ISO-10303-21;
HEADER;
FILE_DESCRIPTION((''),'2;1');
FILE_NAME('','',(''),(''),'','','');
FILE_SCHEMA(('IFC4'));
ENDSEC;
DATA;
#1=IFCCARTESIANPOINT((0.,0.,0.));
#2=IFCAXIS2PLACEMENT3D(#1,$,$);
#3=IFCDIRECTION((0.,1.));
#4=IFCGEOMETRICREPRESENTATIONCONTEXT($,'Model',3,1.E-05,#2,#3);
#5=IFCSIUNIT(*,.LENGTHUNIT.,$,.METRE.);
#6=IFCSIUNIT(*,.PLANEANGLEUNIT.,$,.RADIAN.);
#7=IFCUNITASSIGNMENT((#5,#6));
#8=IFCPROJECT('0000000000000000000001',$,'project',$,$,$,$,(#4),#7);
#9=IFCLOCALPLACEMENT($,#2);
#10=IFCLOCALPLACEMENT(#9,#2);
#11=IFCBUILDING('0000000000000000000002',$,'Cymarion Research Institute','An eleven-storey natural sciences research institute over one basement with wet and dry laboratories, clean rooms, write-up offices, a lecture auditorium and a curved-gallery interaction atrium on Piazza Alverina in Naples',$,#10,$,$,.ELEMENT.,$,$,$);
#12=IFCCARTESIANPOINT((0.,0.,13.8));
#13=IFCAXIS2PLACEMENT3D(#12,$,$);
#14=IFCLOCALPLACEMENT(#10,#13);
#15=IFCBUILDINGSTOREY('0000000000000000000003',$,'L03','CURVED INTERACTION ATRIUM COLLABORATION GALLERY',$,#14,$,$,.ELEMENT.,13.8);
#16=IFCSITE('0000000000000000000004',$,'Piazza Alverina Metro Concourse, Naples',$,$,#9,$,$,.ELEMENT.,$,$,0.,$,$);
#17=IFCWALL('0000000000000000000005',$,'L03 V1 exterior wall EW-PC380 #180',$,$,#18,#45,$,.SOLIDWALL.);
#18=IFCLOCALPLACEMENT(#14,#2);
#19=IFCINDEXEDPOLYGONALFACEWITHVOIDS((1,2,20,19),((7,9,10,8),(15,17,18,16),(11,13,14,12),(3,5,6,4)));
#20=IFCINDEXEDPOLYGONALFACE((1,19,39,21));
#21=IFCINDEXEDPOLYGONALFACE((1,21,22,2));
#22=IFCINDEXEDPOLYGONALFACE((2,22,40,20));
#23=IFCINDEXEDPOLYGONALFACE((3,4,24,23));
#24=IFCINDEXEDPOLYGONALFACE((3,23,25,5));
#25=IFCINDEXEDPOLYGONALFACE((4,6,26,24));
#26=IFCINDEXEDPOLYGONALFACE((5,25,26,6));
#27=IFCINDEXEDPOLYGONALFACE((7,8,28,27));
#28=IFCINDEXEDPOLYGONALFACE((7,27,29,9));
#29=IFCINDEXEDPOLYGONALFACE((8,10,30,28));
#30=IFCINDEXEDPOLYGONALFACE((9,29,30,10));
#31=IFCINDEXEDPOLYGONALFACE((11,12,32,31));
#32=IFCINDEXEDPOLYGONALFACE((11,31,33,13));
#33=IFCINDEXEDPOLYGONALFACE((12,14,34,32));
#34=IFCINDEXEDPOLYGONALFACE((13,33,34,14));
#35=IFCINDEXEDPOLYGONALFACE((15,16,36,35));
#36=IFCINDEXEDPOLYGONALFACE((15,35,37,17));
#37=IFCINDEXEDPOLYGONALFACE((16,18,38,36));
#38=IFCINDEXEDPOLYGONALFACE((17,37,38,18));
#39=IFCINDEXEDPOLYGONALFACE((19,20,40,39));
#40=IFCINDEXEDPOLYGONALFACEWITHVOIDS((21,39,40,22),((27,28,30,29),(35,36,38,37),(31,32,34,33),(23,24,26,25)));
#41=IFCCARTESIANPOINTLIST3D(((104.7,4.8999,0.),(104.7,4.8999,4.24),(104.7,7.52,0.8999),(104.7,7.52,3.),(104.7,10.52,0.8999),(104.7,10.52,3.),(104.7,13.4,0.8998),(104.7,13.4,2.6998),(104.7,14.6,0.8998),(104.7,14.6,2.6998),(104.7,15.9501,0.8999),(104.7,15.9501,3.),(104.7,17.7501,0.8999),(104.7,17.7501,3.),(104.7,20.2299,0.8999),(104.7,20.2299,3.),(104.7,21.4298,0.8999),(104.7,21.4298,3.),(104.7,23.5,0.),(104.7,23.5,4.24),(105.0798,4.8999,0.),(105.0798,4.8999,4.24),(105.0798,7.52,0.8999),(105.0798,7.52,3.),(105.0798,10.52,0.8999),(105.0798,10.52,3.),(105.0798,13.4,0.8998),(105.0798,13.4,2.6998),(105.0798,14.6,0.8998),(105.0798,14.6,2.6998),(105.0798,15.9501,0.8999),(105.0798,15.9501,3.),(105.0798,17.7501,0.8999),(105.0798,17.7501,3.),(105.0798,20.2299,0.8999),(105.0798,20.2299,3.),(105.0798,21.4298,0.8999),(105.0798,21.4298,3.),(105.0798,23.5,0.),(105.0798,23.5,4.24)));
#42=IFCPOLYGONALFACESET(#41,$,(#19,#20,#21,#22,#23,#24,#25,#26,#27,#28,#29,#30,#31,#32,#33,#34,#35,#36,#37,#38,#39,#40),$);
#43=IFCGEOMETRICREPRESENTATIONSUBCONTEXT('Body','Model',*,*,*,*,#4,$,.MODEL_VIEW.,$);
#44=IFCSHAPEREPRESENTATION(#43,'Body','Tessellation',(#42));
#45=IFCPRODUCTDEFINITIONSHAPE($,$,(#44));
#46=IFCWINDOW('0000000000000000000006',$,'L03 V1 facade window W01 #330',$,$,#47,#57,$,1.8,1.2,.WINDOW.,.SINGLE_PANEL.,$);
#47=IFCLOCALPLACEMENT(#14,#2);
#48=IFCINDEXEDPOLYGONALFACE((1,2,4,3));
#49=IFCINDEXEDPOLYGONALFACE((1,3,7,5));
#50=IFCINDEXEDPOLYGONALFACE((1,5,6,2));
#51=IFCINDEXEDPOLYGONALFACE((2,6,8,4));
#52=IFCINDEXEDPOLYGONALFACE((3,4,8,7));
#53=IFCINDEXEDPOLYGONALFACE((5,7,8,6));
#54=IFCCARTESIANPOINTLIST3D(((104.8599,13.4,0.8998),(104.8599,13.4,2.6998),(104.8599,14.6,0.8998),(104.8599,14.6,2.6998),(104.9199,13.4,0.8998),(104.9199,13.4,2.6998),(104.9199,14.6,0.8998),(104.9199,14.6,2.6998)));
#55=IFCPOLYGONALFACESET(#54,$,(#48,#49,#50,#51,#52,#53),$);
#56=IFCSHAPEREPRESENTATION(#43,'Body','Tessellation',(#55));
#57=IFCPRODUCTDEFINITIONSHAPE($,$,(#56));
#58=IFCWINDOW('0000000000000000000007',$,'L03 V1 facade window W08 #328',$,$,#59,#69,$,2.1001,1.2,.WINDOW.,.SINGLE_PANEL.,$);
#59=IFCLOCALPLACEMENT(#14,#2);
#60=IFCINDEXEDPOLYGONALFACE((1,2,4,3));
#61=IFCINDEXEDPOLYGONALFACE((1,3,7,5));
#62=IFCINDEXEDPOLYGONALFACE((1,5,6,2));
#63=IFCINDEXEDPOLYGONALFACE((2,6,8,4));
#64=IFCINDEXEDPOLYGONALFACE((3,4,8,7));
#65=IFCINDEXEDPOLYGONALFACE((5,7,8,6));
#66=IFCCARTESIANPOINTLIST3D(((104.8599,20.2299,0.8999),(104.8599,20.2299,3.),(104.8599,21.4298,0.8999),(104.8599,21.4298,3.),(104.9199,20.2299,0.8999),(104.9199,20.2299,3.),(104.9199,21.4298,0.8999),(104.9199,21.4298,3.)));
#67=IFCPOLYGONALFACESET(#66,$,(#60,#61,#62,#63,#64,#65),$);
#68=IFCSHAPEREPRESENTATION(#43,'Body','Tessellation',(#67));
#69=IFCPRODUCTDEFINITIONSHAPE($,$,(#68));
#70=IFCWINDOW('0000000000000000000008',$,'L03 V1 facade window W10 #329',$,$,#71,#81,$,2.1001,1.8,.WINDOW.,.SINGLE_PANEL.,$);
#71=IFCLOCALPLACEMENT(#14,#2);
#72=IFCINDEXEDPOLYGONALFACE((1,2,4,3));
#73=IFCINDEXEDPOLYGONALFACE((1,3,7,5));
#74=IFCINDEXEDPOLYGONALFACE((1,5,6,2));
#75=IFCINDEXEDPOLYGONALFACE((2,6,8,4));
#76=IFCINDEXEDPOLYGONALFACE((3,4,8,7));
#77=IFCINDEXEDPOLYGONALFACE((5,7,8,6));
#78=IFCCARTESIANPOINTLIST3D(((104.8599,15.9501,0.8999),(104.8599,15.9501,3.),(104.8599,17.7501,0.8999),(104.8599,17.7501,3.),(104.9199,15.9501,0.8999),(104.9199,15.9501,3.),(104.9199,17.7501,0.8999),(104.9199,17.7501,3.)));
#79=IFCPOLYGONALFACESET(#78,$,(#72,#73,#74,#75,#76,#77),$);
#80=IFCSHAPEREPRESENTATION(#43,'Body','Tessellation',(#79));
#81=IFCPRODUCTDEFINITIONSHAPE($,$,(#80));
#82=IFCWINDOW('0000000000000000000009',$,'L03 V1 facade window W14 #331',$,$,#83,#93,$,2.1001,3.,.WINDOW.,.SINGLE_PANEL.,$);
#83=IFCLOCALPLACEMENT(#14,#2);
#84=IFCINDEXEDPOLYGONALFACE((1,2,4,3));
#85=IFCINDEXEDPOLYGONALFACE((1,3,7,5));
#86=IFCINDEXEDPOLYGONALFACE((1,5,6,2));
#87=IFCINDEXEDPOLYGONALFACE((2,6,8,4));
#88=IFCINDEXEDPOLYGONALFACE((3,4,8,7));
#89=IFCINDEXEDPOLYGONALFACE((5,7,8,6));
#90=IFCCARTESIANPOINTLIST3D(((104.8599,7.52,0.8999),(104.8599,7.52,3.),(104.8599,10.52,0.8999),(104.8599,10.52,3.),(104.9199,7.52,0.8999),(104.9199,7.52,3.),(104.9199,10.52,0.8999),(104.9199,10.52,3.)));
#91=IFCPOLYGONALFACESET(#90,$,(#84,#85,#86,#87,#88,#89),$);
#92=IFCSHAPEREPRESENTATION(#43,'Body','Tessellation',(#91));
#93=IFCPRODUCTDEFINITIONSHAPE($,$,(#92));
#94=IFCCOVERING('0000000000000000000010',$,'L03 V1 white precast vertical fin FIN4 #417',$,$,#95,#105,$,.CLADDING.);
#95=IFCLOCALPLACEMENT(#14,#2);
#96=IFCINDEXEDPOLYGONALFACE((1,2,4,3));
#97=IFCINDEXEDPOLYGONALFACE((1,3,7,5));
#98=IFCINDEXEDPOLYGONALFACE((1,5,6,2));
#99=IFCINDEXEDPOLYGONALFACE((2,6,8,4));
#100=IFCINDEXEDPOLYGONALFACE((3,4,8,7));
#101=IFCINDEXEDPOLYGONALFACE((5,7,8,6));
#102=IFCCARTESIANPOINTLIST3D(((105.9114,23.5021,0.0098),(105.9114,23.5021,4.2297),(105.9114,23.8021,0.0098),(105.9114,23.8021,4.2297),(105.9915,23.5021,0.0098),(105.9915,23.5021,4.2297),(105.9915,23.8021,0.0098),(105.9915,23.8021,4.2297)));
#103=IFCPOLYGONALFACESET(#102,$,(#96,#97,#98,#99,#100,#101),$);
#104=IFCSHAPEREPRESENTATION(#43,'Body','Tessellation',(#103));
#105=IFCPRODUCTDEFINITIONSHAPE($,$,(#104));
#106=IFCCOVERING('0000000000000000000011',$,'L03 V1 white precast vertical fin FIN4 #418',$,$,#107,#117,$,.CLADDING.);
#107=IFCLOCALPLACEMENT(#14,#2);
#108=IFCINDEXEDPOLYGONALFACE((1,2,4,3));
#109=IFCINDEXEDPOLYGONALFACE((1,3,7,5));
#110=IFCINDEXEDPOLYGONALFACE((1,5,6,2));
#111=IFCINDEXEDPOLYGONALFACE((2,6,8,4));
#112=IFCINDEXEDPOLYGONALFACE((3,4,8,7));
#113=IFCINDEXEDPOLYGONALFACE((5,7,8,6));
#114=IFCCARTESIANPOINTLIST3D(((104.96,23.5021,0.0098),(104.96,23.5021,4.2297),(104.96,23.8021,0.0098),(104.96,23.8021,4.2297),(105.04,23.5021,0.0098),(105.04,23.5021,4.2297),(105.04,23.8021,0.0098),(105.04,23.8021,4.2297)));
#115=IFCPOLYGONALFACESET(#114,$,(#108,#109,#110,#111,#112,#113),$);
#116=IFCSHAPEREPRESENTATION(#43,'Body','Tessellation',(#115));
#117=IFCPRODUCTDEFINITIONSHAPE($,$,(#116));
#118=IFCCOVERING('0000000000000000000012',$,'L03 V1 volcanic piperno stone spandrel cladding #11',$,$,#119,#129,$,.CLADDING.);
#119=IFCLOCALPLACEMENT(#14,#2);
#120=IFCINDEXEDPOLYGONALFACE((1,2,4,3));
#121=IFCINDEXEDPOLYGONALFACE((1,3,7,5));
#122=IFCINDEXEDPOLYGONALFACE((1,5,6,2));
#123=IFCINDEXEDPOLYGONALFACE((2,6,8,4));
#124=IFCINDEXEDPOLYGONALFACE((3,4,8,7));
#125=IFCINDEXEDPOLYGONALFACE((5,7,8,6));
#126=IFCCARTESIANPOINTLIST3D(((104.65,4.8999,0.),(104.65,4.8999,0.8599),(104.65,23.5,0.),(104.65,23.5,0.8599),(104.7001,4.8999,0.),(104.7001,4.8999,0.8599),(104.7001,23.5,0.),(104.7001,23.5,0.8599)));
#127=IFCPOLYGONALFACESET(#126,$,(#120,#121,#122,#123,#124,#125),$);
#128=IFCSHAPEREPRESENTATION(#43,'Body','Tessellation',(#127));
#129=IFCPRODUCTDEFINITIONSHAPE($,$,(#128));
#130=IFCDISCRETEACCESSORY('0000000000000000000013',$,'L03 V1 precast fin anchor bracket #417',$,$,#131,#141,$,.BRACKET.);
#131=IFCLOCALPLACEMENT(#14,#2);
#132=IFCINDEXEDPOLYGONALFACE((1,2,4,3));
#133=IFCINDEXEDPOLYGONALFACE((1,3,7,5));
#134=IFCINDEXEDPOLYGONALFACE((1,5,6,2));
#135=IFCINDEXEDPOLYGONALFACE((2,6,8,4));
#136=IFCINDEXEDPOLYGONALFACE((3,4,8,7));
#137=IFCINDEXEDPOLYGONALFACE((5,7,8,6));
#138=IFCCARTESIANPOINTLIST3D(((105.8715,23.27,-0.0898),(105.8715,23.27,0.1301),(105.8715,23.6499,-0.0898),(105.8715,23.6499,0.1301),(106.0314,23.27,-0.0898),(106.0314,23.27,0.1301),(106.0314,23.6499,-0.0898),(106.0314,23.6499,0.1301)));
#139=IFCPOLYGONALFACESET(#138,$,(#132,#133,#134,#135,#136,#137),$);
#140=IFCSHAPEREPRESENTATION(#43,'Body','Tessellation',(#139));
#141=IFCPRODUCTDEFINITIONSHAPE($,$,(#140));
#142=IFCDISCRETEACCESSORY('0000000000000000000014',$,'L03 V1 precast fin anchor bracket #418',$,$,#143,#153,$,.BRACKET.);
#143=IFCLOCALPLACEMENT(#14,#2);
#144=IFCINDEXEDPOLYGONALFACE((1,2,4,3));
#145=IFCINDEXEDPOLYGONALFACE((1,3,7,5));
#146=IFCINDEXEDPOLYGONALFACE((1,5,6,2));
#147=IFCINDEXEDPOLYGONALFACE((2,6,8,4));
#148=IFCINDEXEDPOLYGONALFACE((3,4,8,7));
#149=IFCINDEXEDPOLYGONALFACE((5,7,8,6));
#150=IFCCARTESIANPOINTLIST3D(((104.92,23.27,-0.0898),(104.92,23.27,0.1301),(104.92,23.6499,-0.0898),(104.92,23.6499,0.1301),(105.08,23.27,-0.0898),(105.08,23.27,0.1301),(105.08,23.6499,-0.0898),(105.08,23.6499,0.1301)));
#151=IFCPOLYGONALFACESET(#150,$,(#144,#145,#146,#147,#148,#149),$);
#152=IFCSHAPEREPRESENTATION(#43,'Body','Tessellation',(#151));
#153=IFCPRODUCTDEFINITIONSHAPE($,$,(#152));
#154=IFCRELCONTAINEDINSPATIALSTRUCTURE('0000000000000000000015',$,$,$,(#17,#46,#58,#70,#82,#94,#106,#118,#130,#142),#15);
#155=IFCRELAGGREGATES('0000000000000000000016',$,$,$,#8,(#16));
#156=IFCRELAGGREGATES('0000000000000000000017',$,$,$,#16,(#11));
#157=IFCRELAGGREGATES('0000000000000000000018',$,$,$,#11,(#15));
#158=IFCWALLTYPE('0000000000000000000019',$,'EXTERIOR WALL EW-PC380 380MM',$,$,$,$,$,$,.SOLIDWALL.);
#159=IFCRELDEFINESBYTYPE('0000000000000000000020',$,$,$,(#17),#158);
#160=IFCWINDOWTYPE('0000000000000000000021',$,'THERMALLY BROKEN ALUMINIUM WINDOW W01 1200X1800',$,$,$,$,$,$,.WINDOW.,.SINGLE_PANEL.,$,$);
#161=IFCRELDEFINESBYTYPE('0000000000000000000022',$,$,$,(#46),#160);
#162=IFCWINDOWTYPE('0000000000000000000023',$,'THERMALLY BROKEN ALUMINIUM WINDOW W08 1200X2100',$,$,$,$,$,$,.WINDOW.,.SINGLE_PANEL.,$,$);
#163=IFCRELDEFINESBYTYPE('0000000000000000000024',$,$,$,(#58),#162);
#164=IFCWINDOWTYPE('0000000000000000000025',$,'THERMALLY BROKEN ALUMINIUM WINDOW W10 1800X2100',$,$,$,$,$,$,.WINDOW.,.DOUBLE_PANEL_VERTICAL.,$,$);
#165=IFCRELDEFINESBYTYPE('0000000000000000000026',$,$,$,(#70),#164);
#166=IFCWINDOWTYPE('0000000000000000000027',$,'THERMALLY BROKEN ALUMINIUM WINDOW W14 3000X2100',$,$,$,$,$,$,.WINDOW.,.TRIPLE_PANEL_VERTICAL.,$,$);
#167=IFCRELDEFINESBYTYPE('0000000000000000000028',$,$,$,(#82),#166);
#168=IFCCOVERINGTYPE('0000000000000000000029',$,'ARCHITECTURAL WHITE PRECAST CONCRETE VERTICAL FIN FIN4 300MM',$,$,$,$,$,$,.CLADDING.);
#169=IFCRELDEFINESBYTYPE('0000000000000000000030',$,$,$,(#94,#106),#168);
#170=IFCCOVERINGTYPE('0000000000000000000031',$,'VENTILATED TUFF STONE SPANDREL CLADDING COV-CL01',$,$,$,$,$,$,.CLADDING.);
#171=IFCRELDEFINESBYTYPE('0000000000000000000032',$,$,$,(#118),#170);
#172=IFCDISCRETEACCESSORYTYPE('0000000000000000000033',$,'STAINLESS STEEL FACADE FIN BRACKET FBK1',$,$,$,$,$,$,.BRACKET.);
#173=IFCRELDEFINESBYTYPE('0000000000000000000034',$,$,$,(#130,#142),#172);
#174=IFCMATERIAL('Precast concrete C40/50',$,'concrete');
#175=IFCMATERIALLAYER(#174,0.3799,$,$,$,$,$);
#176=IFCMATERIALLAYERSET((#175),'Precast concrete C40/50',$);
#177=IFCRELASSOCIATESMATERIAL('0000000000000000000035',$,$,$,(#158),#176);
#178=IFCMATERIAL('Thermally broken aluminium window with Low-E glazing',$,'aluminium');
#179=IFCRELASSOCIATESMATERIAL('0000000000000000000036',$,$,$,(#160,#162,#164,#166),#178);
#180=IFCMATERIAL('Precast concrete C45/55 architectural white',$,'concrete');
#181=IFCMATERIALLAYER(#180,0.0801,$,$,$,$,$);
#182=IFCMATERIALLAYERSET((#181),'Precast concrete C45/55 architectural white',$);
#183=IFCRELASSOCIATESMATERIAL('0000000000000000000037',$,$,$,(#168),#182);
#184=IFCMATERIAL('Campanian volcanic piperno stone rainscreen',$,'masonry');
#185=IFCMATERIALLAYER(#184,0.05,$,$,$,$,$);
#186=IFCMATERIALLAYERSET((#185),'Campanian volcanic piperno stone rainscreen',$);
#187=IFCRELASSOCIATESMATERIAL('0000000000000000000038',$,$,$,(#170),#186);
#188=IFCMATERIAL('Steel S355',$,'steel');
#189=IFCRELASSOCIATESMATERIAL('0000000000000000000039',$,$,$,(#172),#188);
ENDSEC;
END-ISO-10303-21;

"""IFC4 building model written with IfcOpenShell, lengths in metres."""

from ifc_helpers import new_model, si_unit, direction, frame, frame_2d, origin, origin_2d, place, context, subcontext, project, spatial, rectangle, extrude, material, layer, layer_set, type_object, element, fill, save


model = new_model("IFC4")

# Units and contexts
model_context = context("Model", 3, precision=1e-05, world=origin(), true_north=direction((0.0, 1.0)))
body_context = subcontext(model_context, "Body", "Model", "MODEL_VIEW")
ifc_project = project(units=[si_unit("LENGTHUNIT", "METRE"), si_unit("PLANEANGLEUNIT", "RADIAN")], contexts=[model_context])

# Site, building, storey
site_placement = place(None, origin())
site = spatial("IfcSite", under=ifc_project, at=site_placement, Name="Piazza Alverina Metro Concourse, Naples", CompositionType="ELEMENT", RefElevation=0.0)
building_placement = place(site_placement, origin())
building = spatial("IfcBuilding", under=site, at=building_placement, Name="Cymarion Research Institute", Description="An eleven-storey natural sciences research institute over one basement with wet and dry laboratories, clean rooms, write-up offices, a lecture auditorium and a curved-gallery interaction atrium on Piazza Alverina in Naples", CompositionType="ELEMENT")
storey_placement = place(building_placement, frame((0.0, 0.0, 13.8)))
storey = spatial("IfcBuildingStorey", under=building, at=storey_placement, Name="L03", Description="CURVED INTERACTION ATRIUM COLLABORATION GALLERY", CompositionType="ELEMENT", Elevation=13.8)

# Shared definitions
ifc_material_1 = material(Name="Steel S355", Category="steel")

# Wall, openings, windows
ifc_material_2 = material(Name="Precast concrete C40/50", Category="concrete")
ifc_layer_1 = layer(ifc_material_2, 0.3799)
ifc_layer_set_1 = layer_set([ifc_layer_1], Name="Precast concrete C40/50")
wall_type = type_object("IfcWallType", Name="EXTERIOR WALL EW-PC380 380MM", PredefinedType="SOLIDWALL", material=ifc_layer_set_1)
wall_placement = place(storey_placement, frame((104.8899, 23.5, 0.0), z_axis=(0.0, 0.0, 1.0), x_axis=(0.0, -1.0, 0.0)))
wall = element("IfcWall", 1, at=wall_placement, inside=storey, type_object=wall_type, Name="L03 V1 exterior wall EW-PC380 #180", PredefinedType="SOLIDWALL", context=body_context, shape_type="SweptSolid", body=[
    extrude(rectangle(XDim=18.6001, YDim=0.3799, at=frame_2d((9.3, 0.0))), origin(), (0.0, 0.0, 1.0), 4.24),
])
opening_1_placement = place(wall_placement, frame((2.0701, 0.0, 0.8999)))
opening_1 = element("IfcOpeningElement", 2, at=opening_1_placement, cuts=wall, PredefinedType="OPENING", context=body_context, shape_type="SweptSolid", body=[
    extrude(rectangle(XDim=1.2, YDim=2.1001, at=frame_2d((0.6001, 1.05))), frame((0.0, 0.2, 0.0), z_axis=(0.0, -1.0, 0.0), x_axis=(1.0, 0.0, 0.0)), (0.0, 0.0, 1.0), 0.3999),
])
opening_2_placement = place(wall_placement, frame((5.75, 0.0, 0.8999)))
opening_2 = element("IfcOpeningElement", 3, at=opening_2_placement, cuts=wall, PredefinedType="OPENING", context=body_context, shape_type="SweptSolid", body=[
    extrude(rectangle(XDim=1.8, YDim=2.1001, at=frame_2d((0.8999, 1.05))), frame((0.0, 0.2, 0.0), z_axis=(0.0, -1.0, 0.0), x_axis=(1.0, 0.0, 0.0)), (0.0, 0.0, 1.0), 0.3999),
])
opening_3_placement = place(wall_placement, frame((8.8999, 0.0, 0.8999)))
opening_3 = element("IfcOpeningElement", 4, at=opening_3_placement, cuts=wall, PredefinedType="OPENING", context=body_context, shape_type="SweptSolid", body=[
    extrude(rectangle(XDim=1.2, YDim=1.8, at=frame_2d((0.6001, 0.8999))), frame((0.0, 0.2, 0.0), z_axis=(0.0, -1.0, 0.0), x_axis=(1.0, 0.0, 0.0)), (0.0, 0.0, 1.0), 0.3999),
])
opening_4_placement = place(wall_placement, frame((12.98, 0.0, 0.8999)))
opening_4 = element("IfcOpeningElement", 5, at=opening_4_placement, cuts=wall, PredefinedType="OPENING", context=body_context, shape_type="SweptSolid", body=[
    extrude(rectangle(XDim=3.0, YDim=2.1001, at=frame_2d((1.5, 1.05))), frame((0.0, 0.2, 0.0), z_axis=(0.0, -1.0, 0.0), x_axis=(1.0, 0.0, 0.0)), (0.0, 0.0, 1.0), 0.3999),
])
ifc_material_3 = material(Name="Thermally broken aluminium window with Low-E glazing", Category="aluminium")
window_type_1 = type_object("IfcWindowType", Name="THERMALLY BROKEN ALUMINIUM WINDOW W01 1200X1800", PartitioningType="SINGLE_PANEL", PredefinedType="WINDOW", material=ifc_material_3)
window_1_placement = place(opening_3_placement, origin())
window_1 = element("IfcWindow", 6, at=window_1_placement, inside=storey, type_object=window_type_1, Name="L03 V1 facade window W01 #330", OverallHeight=1.8, OverallWidth=1.2, PartitioningType="SINGLE_PANEL", PredefinedType="WINDOW", context=body_context, shape_type="SweptSolid", body=[
    extrude(rectangle(XDim=1.2, YDim=1.8, at=frame_2d((0.6001, 0.8999))), frame((0.0, 0.03, 0.0), z_axis=(0.0, -1.0, 0.0), x_axis=(1.0, 0.0, 0.0)), (0.0, 0.0, 1.0), 0.0601),
])
fill(opening_3, window_1)
window_type_2 = type_object("IfcWindowType", Name="THERMALLY BROKEN ALUMINIUM WINDOW W08 1200X2100", PartitioningType="SINGLE_PANEL", PredefinedType="WINDOW", material=ifc_material_3)
window_2_placement = place(opening_1_placement, origin())
window_2 = element("IfcWindow", 7, at=window_2_placement, inside=storey, type_object=window_type_2, Name="L03 V1 facade window W08 #328", OverallHeight=2.1001, OverallWidth=1.2, PartitioningType="SINGLE_PANEL", PredefinedType="WINDOW", context=body_context, shape_type="SweptSolid", body=[
    extrude(rectangle(XDim=1.2, YDim=2.1001, at=frame_2d((0.6001, 1.05))), frame((0.0, 0.03, 0.0), z_axis=(0.0, -1.0, 0.0), x_axis=(1.0, 0.0, 0.0)), (0.0, 0.0, 1.0), 0.0601),
])
fill(opening_1, window_2)
window_type_3 = type_object("IfcWindowType", Name="THERMALLY BROKEN ALUMINIUM WINDOW W10 1800X2100", PartitioningType="DOUBLE_PANEL_VERTICAL", PredefinedType="WINDOW", material=ifc_material_3)
window_3_placement = place(opening_2_placement, origin())
window_3 = element("IfcWindow", 8, at=window_3_placement, inside=storey, type_object=window_type_3, Name="L03 V1 facade window W10 #329", OverallHeight=2.1001, OverallWidth=1.8, PartitioningType="SINGLE_PANEL", PredefinedType="WINDOW", context=body_context, shape_type="SweptSolid", body=[
    extrude(rectangle(XDim=1.8, YDim=2.1001, at=frame_2d((0.8999, 1.05))), frame((0.0, 0.03, 0.0), z_axis=(0.0, -1.0, 0.0), x_axis=(1.0, 0.0, 0.0)), (0.0, 0.0, 1.0), 0.0601),
])
fill(opening_2, window_3)
window_type_4 = type_object("IfcWindowType", Name="THERMALLY BROKEN ALUMINIUM WINDOW W14 3000X2100", PartitioningType="TRIPLE_PANEL_VERTICAL", PredefinedType="WINDOW", material=ifc_material_3)
window_4_placement = place(opening_4_placement, origin())
window_4 = element("IfcWindow", 9, at=window_4_placement, inside=storey, type_object=window_type_4, Name="L03 V1 facade window W14 #331", OverallHeight=2.1001, OverallWidth=3.0, PartitioningType="SINGLE_PANEL", PredefinedType="WINDOW", context=body_context, shape_type="SweptSolid", body=[
    extrude(rectangle(XDim=3.0, YDim=2.1001, at=frame_2d((1.5, 1.05))), frame((0.0, 0.03, 0.0), z_axis=(0.0, -1.0, 0.0), x_axis=(1.0, 0.0, 0.0)), (0.0, 0.0, 1.0), 0.0601),
])
fill(opening_4, window_4)

# Coverings
ifc_material_4 = material(Name="Precast concrete C45/55 architectural white", Category="concrete")
ifc_layer_2 = layer(ifc_material_4, 0.0801)
ifc_layer_set_2 = layer_set([ifc_layer_2], Name="Precast concrete C45/55 architectural white")
covering_type_1 = type_object("IfcCoveringType", Name="ARCHITECTURAL WHITE PRECAST CONCRETE VERTICAL FIN FIN4 300MM", PredefinedType="CLADDING", material=ifc_layer_set_2)
for number, where, z_axis, x_axis, name in (
    (10, (105.9514, 23.6521, 0.0098), (0.0, 0.0, 1.0), (0.0, 1.0, 0.0), "L03 V1 white precast vertical fin FIN4 #417"),
    (11, (105.0, 23.6521, 0.0098), (0.0, 0.0, 1.0), (0.0, 1.0, 0.0), "L03 V1 white precast vertical fin FIN4 #418"),
):
    element("IfcCovering", number, at=place(storey_placement, frame(where, z_axis=z_axis, x_axis=x_axis)), inside=storey, type_object=covering_type_1, Name=name, PredefinedType="CLADDING", context=body_context, shape_type="SweptSolid", body=[
        extrude(rectangle(XDim=0.3, YDim=0.0801, at=origin_2d()), origin(), (0.0, 0.0, 1.0), 4.22),
    ])
ifc_material_5 = material(Name="Campanian volcanic piperno stone rainscreen", Category="masonry")
ifc_layer_3 = layer(ifc_material_5, 0.05)
ifc_layer_set_3 = layer_set([ifc_layer_3], Name="Campanian volcanic piperno stone rainscreen")
covering_type_2 = type_object("IfcCoveringType", Name="VENTILATED TUFF STONE SPANDREL CLADDING COV-CL01", PredefinedType="CLADDING", material=ifc_layer_set_3)
covering_placement = place(storey_placement, frame((104.675, 23.5, 0.0), z_axis=(0.0, 0.0, 1.0), x_axis=(0.0, -1.0, 0.0)))
element("IfcCovering", 12, at=covering_placement, inside=storey, type_object=covering_type_2, Name="L03 V1 volcanic piperno stone spandrel cladding #11", PredefinedType="CLADDING", context=body_context, shape_type="SweptSolid", body=[
    extrude(rectangle(XDim=18.6001, YDim=0.05, at=frame_2d((9.3, 0.0))), origin(), (0.0, 0.0, 1.0), 0.8599),
])

# Discrete accessories
discrete_accessory_type = type_object("IfcDiscreteAccessoryType", Name="STAINLESS STEEL FACADE FIN BRACKET FBK1", PredefinedType="BRACKET", material=ifc_material_1)
for number, where, z_axis, x_axis, name in (
    (13, (105.9514, 23.46, -0.0898), (0.0, 0.0, 1.0), (0.0, 1.0, 0.0), "L03 V1 precast fin anchor bracket #417"),
    (14, (105.0, 23.46, -0.0898), (0.0, 0.0, 1.0), (0.0, 1.0, 0.0), "L03 V1 precast fin anchor bracket #418"),
):
    element("IfcDiscreteAccessory", number, at=place(storey_placement, frame(where, z_axis=z_axis, x_axis=x_axis)), inside=storey, type_object=discrete_accessory_type, Name=name, PredefinedType="BRACKET", context=body_context, shape_type="SweptSolid", body=[
        extrude(rectangle(XDim=0.3799, YDim=0.1599, at=origin_2d()), origin(), (0.0, 0.0, 1.0), 0.22),
    ])

save(model, "model.ifc")
